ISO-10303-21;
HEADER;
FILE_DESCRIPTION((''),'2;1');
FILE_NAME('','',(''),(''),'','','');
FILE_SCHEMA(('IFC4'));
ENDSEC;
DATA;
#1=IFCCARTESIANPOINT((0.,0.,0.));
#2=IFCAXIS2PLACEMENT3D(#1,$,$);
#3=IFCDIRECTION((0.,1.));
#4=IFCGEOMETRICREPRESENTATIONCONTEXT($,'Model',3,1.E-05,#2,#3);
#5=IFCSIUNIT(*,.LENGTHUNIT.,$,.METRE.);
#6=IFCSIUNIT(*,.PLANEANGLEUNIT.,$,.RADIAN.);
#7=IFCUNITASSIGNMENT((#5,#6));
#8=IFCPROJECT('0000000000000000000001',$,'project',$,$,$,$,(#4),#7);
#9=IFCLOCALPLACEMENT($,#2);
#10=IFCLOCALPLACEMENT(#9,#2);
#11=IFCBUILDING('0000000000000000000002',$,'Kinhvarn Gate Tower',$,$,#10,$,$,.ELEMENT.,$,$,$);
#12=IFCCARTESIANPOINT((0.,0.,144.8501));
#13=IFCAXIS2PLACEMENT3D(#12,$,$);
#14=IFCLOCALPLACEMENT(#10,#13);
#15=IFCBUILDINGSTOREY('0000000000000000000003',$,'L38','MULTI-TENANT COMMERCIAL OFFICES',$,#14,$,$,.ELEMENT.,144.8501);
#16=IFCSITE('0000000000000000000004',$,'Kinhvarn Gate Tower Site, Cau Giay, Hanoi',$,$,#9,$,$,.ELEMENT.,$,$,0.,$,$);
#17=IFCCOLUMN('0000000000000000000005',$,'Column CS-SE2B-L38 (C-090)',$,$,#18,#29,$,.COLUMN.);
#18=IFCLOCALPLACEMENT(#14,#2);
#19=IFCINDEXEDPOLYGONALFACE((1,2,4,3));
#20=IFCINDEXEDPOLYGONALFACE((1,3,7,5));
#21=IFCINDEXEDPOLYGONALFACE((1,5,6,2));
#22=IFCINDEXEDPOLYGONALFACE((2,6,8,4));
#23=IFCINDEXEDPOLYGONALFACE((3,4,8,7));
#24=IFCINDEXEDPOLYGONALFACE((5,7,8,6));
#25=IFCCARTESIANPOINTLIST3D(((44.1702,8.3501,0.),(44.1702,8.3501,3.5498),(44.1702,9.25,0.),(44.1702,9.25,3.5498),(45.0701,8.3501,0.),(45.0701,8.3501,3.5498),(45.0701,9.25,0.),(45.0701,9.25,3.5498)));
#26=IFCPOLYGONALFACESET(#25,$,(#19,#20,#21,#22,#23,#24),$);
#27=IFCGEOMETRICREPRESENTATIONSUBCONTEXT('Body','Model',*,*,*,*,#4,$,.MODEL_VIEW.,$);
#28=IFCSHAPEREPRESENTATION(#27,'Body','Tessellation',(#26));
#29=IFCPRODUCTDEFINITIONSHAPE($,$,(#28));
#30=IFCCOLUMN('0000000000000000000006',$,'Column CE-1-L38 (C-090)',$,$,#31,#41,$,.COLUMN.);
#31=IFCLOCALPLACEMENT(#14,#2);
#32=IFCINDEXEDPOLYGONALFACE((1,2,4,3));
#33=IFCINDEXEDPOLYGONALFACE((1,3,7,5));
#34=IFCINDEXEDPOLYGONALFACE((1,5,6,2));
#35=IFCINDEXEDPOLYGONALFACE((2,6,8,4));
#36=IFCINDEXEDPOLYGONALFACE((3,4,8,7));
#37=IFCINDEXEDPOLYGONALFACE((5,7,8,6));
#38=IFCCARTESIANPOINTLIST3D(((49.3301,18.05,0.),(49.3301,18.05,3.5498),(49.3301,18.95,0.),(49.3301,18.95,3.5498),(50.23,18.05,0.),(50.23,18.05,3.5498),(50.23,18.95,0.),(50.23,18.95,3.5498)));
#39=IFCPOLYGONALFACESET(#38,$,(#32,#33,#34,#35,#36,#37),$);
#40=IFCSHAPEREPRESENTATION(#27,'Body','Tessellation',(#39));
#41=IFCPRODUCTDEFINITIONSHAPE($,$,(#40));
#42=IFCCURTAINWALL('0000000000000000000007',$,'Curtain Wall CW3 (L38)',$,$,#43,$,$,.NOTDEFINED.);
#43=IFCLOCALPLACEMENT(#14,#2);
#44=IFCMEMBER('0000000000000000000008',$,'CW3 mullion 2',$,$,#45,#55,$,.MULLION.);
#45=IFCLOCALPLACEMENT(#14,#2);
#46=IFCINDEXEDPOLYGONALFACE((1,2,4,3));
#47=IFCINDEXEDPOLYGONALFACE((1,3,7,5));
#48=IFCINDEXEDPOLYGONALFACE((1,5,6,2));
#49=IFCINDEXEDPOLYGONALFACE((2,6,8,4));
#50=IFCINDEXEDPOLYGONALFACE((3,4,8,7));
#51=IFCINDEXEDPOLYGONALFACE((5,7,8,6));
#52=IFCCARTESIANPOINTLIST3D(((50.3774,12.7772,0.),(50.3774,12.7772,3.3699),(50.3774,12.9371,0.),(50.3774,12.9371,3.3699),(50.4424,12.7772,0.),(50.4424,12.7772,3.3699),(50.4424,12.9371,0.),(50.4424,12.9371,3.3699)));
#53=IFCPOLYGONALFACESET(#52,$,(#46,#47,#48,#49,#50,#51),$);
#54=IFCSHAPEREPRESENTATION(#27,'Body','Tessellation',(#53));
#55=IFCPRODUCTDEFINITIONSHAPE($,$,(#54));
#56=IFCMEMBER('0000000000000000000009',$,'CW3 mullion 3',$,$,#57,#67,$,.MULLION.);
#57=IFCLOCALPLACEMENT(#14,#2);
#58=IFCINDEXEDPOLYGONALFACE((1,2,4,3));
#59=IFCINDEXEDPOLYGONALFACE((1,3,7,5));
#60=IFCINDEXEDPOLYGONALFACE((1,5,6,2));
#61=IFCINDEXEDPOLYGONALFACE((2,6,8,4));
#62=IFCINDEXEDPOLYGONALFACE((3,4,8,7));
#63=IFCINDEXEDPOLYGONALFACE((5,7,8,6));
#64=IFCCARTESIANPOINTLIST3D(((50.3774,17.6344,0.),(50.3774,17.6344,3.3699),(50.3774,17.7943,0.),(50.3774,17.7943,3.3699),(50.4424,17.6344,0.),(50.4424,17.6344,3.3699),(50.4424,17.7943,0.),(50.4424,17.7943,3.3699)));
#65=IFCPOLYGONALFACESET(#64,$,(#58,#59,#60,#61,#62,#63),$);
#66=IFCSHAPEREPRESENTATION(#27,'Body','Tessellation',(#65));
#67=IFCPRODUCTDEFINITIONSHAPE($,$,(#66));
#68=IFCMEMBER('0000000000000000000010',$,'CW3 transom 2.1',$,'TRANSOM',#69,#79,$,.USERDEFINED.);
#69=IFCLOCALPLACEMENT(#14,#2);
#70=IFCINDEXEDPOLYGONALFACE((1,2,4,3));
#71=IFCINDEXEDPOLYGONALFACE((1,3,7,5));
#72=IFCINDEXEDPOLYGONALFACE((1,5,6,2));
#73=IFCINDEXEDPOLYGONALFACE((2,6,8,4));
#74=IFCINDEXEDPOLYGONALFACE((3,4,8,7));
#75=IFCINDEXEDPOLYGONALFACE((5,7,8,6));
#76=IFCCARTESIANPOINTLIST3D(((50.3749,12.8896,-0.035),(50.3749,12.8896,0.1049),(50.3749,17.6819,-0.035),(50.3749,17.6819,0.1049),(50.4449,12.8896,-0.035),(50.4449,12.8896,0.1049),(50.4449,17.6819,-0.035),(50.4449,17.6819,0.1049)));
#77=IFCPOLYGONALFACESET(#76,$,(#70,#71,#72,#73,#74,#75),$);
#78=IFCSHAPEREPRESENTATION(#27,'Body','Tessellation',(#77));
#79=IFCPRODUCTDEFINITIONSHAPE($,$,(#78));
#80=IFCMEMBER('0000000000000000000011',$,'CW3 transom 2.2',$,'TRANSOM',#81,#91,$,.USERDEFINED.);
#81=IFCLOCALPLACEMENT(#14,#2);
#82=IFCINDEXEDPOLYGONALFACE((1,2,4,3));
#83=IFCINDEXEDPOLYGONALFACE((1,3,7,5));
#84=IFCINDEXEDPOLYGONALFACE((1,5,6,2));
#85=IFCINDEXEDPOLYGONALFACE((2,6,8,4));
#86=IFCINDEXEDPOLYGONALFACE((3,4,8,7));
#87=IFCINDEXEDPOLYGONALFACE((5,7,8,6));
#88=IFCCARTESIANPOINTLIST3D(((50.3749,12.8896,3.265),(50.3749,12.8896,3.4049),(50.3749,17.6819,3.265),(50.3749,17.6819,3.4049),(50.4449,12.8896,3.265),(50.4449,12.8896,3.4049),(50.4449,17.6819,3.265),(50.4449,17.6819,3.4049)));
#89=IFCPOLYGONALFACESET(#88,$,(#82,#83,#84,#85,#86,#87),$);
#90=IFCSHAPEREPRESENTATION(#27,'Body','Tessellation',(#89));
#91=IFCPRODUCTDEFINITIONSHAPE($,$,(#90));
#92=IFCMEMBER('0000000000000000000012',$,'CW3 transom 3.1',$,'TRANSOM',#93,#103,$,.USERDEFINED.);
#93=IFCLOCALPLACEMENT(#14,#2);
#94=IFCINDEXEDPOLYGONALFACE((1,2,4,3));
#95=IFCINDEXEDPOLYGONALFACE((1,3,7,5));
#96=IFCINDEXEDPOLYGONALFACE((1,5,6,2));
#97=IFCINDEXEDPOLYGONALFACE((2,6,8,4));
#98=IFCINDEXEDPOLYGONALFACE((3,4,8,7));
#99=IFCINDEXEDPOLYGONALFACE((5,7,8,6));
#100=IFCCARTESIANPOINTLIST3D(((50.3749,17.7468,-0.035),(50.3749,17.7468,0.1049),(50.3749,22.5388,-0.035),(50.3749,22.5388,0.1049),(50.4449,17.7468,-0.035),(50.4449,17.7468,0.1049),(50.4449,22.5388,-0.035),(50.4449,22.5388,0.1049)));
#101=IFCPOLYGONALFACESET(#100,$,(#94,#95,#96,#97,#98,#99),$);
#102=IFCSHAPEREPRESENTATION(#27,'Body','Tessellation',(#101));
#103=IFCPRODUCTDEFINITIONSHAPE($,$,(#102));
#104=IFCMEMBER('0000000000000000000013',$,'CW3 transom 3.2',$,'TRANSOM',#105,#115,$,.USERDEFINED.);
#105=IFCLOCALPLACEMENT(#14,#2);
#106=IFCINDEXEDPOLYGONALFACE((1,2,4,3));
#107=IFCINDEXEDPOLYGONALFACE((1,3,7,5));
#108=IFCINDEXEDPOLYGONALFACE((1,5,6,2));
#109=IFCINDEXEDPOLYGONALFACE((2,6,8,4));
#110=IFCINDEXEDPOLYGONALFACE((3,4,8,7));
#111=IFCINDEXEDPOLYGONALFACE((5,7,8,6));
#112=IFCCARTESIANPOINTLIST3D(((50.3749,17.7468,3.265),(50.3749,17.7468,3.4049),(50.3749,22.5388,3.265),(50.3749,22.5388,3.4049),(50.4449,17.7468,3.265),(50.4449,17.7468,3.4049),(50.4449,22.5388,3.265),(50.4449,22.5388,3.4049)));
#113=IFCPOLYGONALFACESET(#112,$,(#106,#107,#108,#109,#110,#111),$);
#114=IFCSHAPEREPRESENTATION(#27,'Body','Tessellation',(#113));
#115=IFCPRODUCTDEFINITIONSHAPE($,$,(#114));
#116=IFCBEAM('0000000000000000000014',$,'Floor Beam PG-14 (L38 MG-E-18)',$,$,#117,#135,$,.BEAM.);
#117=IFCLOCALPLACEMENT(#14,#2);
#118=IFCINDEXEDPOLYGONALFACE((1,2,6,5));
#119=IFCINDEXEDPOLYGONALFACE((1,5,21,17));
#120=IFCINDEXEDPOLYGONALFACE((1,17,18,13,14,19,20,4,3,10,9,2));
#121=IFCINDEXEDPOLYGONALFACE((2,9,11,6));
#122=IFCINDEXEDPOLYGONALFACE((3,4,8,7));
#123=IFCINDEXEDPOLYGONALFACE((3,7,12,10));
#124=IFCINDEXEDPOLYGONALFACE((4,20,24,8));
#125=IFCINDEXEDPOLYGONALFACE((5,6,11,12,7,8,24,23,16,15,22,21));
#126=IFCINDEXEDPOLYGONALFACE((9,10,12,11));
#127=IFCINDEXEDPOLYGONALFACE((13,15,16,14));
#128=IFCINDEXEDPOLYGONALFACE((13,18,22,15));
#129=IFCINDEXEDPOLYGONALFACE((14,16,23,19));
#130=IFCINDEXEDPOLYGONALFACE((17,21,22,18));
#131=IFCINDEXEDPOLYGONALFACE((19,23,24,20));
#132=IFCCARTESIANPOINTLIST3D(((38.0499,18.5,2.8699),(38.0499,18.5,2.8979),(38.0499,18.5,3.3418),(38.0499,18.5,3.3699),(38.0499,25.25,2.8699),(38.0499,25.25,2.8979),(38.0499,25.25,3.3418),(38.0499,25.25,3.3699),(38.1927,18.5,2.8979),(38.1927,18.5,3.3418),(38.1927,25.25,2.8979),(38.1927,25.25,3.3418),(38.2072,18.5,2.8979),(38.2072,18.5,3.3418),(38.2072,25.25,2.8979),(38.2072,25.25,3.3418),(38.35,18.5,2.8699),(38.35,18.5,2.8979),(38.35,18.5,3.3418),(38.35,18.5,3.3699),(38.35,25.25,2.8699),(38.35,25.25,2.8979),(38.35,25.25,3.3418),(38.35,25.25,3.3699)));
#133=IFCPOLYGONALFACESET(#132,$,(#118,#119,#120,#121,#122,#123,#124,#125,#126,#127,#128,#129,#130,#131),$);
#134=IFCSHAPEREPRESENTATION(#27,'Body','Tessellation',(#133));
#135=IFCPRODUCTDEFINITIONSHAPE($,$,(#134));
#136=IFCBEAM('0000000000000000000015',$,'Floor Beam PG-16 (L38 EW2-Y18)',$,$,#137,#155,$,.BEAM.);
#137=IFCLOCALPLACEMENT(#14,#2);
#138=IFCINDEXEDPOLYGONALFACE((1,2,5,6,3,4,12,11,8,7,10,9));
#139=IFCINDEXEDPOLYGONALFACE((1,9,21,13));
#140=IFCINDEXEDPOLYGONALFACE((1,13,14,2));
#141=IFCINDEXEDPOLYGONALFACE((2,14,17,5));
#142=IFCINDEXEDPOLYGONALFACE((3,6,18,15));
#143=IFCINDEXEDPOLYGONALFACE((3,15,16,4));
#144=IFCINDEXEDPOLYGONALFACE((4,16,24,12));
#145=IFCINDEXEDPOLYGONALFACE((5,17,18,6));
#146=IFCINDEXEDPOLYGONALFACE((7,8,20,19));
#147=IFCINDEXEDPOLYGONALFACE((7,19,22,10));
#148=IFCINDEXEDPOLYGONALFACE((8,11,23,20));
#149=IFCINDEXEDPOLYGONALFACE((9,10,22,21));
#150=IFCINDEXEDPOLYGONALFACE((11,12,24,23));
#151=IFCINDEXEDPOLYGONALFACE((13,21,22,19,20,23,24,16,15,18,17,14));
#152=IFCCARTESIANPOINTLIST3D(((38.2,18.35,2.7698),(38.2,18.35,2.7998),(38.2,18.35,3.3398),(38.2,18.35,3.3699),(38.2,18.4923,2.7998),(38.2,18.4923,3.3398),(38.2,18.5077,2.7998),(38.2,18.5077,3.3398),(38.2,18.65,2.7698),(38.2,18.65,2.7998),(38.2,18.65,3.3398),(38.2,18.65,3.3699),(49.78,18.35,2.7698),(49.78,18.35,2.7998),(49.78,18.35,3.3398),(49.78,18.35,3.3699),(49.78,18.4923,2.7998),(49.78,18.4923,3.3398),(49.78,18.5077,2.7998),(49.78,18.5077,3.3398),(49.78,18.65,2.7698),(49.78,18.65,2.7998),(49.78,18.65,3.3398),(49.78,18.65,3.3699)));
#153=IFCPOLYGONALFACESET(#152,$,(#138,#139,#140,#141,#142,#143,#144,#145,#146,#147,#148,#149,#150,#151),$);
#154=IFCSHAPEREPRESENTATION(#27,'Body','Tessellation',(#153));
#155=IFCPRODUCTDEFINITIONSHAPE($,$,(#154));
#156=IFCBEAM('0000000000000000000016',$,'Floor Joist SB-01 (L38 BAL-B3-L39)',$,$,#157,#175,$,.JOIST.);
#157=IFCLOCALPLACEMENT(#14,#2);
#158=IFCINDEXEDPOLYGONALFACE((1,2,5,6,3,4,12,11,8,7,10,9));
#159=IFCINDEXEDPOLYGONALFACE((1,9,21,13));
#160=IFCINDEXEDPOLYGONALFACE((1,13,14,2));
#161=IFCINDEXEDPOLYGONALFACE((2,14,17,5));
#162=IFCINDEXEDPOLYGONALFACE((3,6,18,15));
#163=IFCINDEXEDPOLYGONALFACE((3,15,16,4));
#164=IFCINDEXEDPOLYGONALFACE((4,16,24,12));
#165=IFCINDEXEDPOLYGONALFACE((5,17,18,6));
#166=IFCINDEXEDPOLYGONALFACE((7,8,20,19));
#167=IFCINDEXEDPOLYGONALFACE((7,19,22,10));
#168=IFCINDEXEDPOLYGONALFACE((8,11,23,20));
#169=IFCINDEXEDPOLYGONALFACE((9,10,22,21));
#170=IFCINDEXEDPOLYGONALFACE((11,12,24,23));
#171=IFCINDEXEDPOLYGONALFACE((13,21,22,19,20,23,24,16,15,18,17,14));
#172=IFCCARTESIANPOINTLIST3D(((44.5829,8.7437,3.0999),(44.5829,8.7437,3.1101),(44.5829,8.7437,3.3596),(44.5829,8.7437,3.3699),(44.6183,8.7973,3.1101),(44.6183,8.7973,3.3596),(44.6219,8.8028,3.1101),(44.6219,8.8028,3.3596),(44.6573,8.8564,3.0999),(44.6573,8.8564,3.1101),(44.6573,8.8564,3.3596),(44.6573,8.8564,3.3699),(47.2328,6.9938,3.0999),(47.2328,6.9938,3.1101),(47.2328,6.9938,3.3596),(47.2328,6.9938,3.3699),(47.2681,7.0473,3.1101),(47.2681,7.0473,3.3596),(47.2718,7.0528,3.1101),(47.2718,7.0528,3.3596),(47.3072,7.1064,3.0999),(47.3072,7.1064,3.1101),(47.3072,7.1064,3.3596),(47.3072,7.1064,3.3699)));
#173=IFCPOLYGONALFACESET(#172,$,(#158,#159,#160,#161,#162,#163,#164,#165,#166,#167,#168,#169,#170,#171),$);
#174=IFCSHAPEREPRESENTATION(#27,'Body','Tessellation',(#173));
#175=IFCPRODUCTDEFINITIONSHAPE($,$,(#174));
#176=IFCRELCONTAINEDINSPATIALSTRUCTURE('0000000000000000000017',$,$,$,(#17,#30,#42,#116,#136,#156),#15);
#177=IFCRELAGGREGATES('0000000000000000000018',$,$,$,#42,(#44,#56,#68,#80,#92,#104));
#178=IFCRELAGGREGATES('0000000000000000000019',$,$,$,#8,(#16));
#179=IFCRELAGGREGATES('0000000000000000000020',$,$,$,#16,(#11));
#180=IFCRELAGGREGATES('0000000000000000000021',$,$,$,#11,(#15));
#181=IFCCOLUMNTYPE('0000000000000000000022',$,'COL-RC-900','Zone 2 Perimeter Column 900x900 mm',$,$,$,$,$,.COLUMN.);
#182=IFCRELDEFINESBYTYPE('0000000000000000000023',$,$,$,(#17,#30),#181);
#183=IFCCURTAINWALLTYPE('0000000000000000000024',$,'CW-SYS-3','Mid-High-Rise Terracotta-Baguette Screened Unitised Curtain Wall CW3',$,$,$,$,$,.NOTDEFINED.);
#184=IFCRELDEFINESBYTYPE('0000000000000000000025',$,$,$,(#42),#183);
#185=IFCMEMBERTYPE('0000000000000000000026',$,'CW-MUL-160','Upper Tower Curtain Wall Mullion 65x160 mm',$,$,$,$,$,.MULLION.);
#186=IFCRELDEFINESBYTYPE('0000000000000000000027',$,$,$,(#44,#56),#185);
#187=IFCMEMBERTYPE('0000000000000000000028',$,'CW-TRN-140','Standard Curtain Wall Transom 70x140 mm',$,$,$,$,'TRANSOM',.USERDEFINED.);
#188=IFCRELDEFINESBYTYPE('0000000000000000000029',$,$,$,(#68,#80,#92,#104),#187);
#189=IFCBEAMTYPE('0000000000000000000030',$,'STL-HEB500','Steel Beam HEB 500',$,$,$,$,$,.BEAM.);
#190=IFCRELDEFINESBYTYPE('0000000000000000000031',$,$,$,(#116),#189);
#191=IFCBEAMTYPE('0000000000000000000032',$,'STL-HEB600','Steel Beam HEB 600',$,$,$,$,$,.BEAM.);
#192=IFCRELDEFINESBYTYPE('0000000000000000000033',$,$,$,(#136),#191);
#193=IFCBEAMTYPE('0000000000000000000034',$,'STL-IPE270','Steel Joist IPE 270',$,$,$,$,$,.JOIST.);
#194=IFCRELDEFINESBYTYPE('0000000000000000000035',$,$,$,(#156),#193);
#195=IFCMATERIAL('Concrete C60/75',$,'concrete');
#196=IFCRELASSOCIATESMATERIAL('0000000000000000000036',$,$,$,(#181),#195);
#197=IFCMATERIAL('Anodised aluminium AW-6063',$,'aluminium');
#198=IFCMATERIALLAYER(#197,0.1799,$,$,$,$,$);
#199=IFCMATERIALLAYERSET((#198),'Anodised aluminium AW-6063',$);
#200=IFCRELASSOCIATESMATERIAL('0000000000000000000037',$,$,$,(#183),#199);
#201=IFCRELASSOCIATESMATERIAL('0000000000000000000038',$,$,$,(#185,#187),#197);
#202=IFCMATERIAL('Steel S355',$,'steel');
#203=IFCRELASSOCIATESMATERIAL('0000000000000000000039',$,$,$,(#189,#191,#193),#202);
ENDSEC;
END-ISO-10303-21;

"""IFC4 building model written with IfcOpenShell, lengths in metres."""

from ifc_helpers import new_model, si_unit, direction, frame, origin, origin_2d, place, context, subcontext, project, spatial, rectangle, i_section, extrude, material, layer, layer_set, material_profile, profile_set, type_object, element, aggregate, save


model = new_model("IFC4")

# Units and contexts
model_context = context("Model", 3, precision=1e-05, world=origin(), true_north=direction((0.0, 1.0)))
body_context = subcontext(model_context, "Body", "Model", "MODEL_VIEW")
ifc_project = project(units=[si_unit("LENGTHUNIT", "METRE"), si_unit("PLANEANGLEUNIT", "RADIAN")], contexts=[model_context])

# Site, building, storey
site_placement = place(None, origin())
site = spatial("IfcSite", under=ifc_project, at=site_placement, Name="Kinhvarn Gate Tower Site, Cau Giay, Hanoi", CompositionType="ELEMENT", RefElevation=0.0)
building_placement = place(site_placement, origin())
building = spatial("IfcBuilding", under=site, at=building_placement, Name="Kinhvarn Gate Tower", CompositionType="ELEMENT")
storey_placement = place(building_placement, frame((0.0, 0.0, 144.8501)))
storey = spatial("IfcBuildingStorey", under=building, at=storey_placement, Name="L38", Description="MULTI-TENANT COMMERCIAL OFFICES", CompositionType="ELEMENT", Elevation=144.8501)

# Columns
ifc_material_1 = material(Name="Concrete C60/75", Category="concrete")
ifc_material_profile_1 = material_profile(ifc_material_1, rectangle(XDim=0.8999, YDim=0.8999, at=origin_2d()), Name="RC 900x900")
ifc_profile_set_1 = profile_set([ifc_material_profile_1], Name="Concrete C60/75")
column_type = type_object("IfcColumnType", Name="COL-RC-900", Description="Zone 2 Perimeter Column 900x900 mm", PredefinedType="COLUMN", material=ifc_profile_set_1)
for number, where, z_axis, x_axis, name in (
    (1, (44.6201, 8.8, 0.0), (0.0, 0.0, 1.0), (1.0, 0.0, 0.0), "Column CS-SE2B-L38 (C-090)"),
    (2, (49.78, 18.5, 0.0), (0.0, 0.0, 1.0), (1.0, 0.0, 0.0), "Column CE-1-L38 (C-090)"),
):
    element("IfcColumn", number, at=place(storey_placement, frame(where, z_axis=z_axis, x_axis=x_axis)), inside=storey, type_object=column_type, Name=name, PredefinedType="COLUMN", context=body_context, shape_type="SweptSolid", body=[
        extrude(rectangle(XDim=0.8999, YDim=0.8999, at=origin_2d()), origin(), (0.0, 0.0, 1.0), 3.5498),
    ])

# Curtain wall, members
ifc_material_2 = material(Name="Anodised aluminium AW-6063", Category="aluminium")
ifc_layer_1 = layer(ifc_material_2, 0.1799)
ifc_layer_set_1 = layer_set([ifc_layer_1], Name="Anodised aluminium AW-6063")
curtain_wall_type = type_object("IfcCurtainWallType", Name="CW-SYS-3", Description="Mid-High-Rise Terracotta-Baguette Screened Unitised Curtain Wall CW3", PredefinedType="NOTDEFINED", material=ifc_layer_set_1)
curtain_wall_placement = place(storey_placement, origin())
curtain_wall = element("IfcCurtainWall", 3, at=curtain_wall_placement, inside=storey, type_object=curtain_wall_type, Name="Curtain Wall CW3 (L38)", PredefinedType="NOTDEFINED")
ifc_material_profile_2 = material_profile(ifc_material_2, rectangle(XDim=0.0649, YDim=0.1599, at=origin_2d()), Name="ALU 65x160")
ifc_profile_set_2 = profile_set([ifc_material_profile_2], Name="Anodised aluminium AW-6063")
member_type_1 = type_object("IfcMemberType", Name="CW-MUL-160", Description="Upper Tower Curtain Wall Mullion 65x160 mm", PredefinedType="MULLION", material=ifc_profile_set_2)
member_1_placement = place(storey_placement, frame((50.4099, 12.8572, 0.0), z_axis=(0.0, 0.0, 1.0), x_axis=(-1.0, 0.0, 0.0)))
member_1 = element("IfcMember", 4, at=member_1_placement, type_object=member_type_1, Name="CW3 mullion 2", PredefinedType="MULLION", context=body_context, shape_type="SweptSolid", body=[
    extrude(rectangle(XDim=0.0649, YDim=0.1599, at=origin_2d()), origin(), (0.0, 0.0, 1.0), 3.3699),
])
member_2_placement = place(storey_placement, frame((50.4099, 17.7144, 0.0), z_axis=(0.0, 0.0, 1.0), x_axis=(-1.0, 0.0, 0.0)))
member_2 = element("IfcMember", 5, at=member_2_placement, type_object=member_type_1, Name="CW3 mullion 3", PredefinedType="MULLION", context=body_context, shape_type="SweptSolid", body=[
    extrude(rectangle(XDim=0.0649, YDim=0.1599, at=origin_2d()), origin(), (0.0, 0.0, 1.0), 3.3699),
])
ifc_material_profile_3 = material_profile(ifc_material_2, rectangle(XDim=0.0701, YDim=0.1399, at=origin_2d()), Name="ALU 70x140")
ifc_profile_set_3 = profile_set([ifc_material_profile_3], Name="Anodised aluminium AW-6063")
member_type_2 = type_object("IfcMemberType", Name="CW-TRN-140", Description="Standard Curtain Wall Transom 70x140 mm", ElementType="TRANSOM", PredefinedType="USERDEFINED", material=ifc_profile_set_3)
member_3_placement = place(storey_placement, frame((50.4099, 12.8896, 0.0349), z_axis=(0.0, 1.0, 0.0), x_axis=(-1.0, 0.0, 0.0)))
member_3 = element("IfcMember", 6, at=member_3_placement, type_object=member_type_2, Name="CW3 transom 2.1", ObjectType="TRANSOM", PredefinedType="USERDEFINED", context=body_context, shape_type="SweptSolid", body=[
    extrude(rectangle(XDim=0.0701, YDim=0.1399, at=origin_2d()), origin(), (0.0, 0.0, 1.0), 4.7922),
])
member_4_placement = place(storey_placement, frame((50.4099, 12.8896, 3.335), z_axis=(0.0, 1.0, 0.0), x_axis=(-1.0, 0.0, 0.0)))
member_4 = element("IfcMember", 7, at=member_4_placement, type_object=member_type_2, Name="CW3 transom 2.2", ObjectType="TRANSOM", PredefinedType="USERDEFINED", context=body_context, shape_type="SweptSolid", body=[
    extrude(rectangle(XDim=0.0701, YDim=0.1399, at=origin_2d()), origin(), (0.0, 0.0, 1.0), 4.7922),
])
member_5_placement = place(storey_placement, frame((50.4099, 17.7468, 0.0349), z_axis=(0.0, 1.0, 0.0), x_axis=(-1.0, 0.0, 0.0)))
member_5 = element("IfcMember", 8, at=member_5_placement, type_object=member_type_2, Name="CW3 transom 3.1", ObjectType="TRANSOM", PredefinedType="USERDEFINED", context=body_context, shape_type="SweptSolid", body=[
    extrude(rectangle(XDim=0.0701, YDim=0.1399, at=origin_2d()), origin(), (0.0, 0.0, 1.0), 4.792),
])
member_6_placement = place(storey_placement, frame((50.4099, 17.7468, 3.335), z_axis=(0.0, 1.0, 0.0), x_axis=(-1.0, 0.0, 0.0)))
member_6 = element("IfcMember", 9, at=member_6_placement, type_object=member_type_2, Name="CW3 transom 3.2", ObjectType="TRANSOM", PredefinedType="USERDEFINED", context=body_context, shape_type="SweptSolid", body=[
    extrude(rectangle(XDim=0.0701, YDim=0.1399, at=origin_2d()), origin(), (0.0, 0.0, 1.0), 4.792),
])

# Beams
ifc_material_3 = material(Name="Steel S355", Category="steel")
ifc_material_profile_4 = material_profile(ifc_material_3, i_section(OverallWidth=0.3, OverallDepth=0.5, WebThickness=0.0144, FlangeThickness=0.0281, at=origin_2d()), Name="HEB 500")
ifc_profile_set_4 = profile_set([ifc_material_profile_4], Name="Steel S355")
beam_type_1 = type_object("IfcBeamType", Name="STL-HEB500", Description="Steel Beam HEB 500", PredefinedType="BEAM", material=ifc_profile_set_4)
beam_1_placement = place(storey_placement, frame((38.2, 18.5, 3.1199), z_axis=(0.0, 1.0, 0.0), x_axis=(-1.0, 0.0, 0.0)))
element("IfcBeam", 10, at=beam_1_placement, inside=storey, type_object=beam_type_1, Name="Floor Beam PG-14 (L38 MG-E-18)", PredefinedType="BEAM", context=body_context, shape_type="SweptSolid", body=[
    extrude(i_section(OverallWidth=0.3, OverallDepth=0.5, WebThickness=0.0144, FlangeThickness=0.0281, at=origin_2d()), origin(), (0.0, 0.0, 1.0), 6.75),
])
ifc_material_profile_5 = material_profile(ifc_material_3, i_section(OverallWidth=0.3, OverallDepth=0.6001, WebThickness=0.0154, FlangeThickness=0.03, at=origin_2d()), Name="HEB 600")
ifc_profile_set_5 = profile_set([ifc_material_profile_5], Name="Steel S355")
beam_type_2 = type_object("IfcBeamType", Name="STL-HEB600", Description="Steel Beam HEB 600", PredefinedType="BEAM", material=ifc_profile_set_5)
beam_2_placement = place(storey_placement, frame((38.2, 18.5, 3.0698), z_axis=(1.0, 0.0, 0.0), x_axis=(0.0, 1.0, 0.0)))
element("IfcBeam", 11, at=beam_2_placement, inside=storey, type_object=beam_type_2, Name="Floor Beam PG-16 (L38 EW2-Y18)", PredefinedType="BEAM", context=body_context, shape_type="SweptSolid", body=[
    extrude(i_section(OverallWidth=0.3, OverallDepth=0.6001, WebThickness=0.0154, FlangeThickness=0.03, at=origin_2d()), origin(), (0.0, 0.0, 1.0), 11.5801),
])
ifc_material_profile_6 = material_profile(ifc_material_3, i_section(OverallWidth=0.135, OverallDepth=0.27, WebThickness=0.0066, FlangeThickness=0.0103, at=origin_2d()), Name="IPE 270")
ifc_profile_set_6 = profile_set([ifc_material_profile_6], Name="Steel S355")
beam_type_3 = type_object("IfcBeamType", Name="STL-IPE270", Description="Steel Joist IPE 270", PredefinedType="JOIST", material=ifc_profile_set_6)
beam_3_placement = place(storey_placement, frame((44.6201, 8.8, 3.2349), z_axis=(0.834455, -0.551076, 0.0), x_axis=(0.551076, 0.834455, 0.0)))
element("IfcBeam", 12, at=beam_3_placement, inside=storey, type_object=beam_type_3, Name="Floor Joist SB-01 (L38 BAL-B3-L39)", PredefinedType="JOIST", context=body_context, shape_type="SweptSolid", body=[
    extrude(i_section(OverallWidth=0.135, OverallDepth=0.27, WebThickness=0.0066, FlangeThickness=0.0103, at=origin_2d()), origin(), (0.0, 0.0, 1.0), 3.1755),
])

aggregate(curtain_wall, [member_1, member_2, member_3, member_4, member_5, member_6])

save(model, "model.ifc")
